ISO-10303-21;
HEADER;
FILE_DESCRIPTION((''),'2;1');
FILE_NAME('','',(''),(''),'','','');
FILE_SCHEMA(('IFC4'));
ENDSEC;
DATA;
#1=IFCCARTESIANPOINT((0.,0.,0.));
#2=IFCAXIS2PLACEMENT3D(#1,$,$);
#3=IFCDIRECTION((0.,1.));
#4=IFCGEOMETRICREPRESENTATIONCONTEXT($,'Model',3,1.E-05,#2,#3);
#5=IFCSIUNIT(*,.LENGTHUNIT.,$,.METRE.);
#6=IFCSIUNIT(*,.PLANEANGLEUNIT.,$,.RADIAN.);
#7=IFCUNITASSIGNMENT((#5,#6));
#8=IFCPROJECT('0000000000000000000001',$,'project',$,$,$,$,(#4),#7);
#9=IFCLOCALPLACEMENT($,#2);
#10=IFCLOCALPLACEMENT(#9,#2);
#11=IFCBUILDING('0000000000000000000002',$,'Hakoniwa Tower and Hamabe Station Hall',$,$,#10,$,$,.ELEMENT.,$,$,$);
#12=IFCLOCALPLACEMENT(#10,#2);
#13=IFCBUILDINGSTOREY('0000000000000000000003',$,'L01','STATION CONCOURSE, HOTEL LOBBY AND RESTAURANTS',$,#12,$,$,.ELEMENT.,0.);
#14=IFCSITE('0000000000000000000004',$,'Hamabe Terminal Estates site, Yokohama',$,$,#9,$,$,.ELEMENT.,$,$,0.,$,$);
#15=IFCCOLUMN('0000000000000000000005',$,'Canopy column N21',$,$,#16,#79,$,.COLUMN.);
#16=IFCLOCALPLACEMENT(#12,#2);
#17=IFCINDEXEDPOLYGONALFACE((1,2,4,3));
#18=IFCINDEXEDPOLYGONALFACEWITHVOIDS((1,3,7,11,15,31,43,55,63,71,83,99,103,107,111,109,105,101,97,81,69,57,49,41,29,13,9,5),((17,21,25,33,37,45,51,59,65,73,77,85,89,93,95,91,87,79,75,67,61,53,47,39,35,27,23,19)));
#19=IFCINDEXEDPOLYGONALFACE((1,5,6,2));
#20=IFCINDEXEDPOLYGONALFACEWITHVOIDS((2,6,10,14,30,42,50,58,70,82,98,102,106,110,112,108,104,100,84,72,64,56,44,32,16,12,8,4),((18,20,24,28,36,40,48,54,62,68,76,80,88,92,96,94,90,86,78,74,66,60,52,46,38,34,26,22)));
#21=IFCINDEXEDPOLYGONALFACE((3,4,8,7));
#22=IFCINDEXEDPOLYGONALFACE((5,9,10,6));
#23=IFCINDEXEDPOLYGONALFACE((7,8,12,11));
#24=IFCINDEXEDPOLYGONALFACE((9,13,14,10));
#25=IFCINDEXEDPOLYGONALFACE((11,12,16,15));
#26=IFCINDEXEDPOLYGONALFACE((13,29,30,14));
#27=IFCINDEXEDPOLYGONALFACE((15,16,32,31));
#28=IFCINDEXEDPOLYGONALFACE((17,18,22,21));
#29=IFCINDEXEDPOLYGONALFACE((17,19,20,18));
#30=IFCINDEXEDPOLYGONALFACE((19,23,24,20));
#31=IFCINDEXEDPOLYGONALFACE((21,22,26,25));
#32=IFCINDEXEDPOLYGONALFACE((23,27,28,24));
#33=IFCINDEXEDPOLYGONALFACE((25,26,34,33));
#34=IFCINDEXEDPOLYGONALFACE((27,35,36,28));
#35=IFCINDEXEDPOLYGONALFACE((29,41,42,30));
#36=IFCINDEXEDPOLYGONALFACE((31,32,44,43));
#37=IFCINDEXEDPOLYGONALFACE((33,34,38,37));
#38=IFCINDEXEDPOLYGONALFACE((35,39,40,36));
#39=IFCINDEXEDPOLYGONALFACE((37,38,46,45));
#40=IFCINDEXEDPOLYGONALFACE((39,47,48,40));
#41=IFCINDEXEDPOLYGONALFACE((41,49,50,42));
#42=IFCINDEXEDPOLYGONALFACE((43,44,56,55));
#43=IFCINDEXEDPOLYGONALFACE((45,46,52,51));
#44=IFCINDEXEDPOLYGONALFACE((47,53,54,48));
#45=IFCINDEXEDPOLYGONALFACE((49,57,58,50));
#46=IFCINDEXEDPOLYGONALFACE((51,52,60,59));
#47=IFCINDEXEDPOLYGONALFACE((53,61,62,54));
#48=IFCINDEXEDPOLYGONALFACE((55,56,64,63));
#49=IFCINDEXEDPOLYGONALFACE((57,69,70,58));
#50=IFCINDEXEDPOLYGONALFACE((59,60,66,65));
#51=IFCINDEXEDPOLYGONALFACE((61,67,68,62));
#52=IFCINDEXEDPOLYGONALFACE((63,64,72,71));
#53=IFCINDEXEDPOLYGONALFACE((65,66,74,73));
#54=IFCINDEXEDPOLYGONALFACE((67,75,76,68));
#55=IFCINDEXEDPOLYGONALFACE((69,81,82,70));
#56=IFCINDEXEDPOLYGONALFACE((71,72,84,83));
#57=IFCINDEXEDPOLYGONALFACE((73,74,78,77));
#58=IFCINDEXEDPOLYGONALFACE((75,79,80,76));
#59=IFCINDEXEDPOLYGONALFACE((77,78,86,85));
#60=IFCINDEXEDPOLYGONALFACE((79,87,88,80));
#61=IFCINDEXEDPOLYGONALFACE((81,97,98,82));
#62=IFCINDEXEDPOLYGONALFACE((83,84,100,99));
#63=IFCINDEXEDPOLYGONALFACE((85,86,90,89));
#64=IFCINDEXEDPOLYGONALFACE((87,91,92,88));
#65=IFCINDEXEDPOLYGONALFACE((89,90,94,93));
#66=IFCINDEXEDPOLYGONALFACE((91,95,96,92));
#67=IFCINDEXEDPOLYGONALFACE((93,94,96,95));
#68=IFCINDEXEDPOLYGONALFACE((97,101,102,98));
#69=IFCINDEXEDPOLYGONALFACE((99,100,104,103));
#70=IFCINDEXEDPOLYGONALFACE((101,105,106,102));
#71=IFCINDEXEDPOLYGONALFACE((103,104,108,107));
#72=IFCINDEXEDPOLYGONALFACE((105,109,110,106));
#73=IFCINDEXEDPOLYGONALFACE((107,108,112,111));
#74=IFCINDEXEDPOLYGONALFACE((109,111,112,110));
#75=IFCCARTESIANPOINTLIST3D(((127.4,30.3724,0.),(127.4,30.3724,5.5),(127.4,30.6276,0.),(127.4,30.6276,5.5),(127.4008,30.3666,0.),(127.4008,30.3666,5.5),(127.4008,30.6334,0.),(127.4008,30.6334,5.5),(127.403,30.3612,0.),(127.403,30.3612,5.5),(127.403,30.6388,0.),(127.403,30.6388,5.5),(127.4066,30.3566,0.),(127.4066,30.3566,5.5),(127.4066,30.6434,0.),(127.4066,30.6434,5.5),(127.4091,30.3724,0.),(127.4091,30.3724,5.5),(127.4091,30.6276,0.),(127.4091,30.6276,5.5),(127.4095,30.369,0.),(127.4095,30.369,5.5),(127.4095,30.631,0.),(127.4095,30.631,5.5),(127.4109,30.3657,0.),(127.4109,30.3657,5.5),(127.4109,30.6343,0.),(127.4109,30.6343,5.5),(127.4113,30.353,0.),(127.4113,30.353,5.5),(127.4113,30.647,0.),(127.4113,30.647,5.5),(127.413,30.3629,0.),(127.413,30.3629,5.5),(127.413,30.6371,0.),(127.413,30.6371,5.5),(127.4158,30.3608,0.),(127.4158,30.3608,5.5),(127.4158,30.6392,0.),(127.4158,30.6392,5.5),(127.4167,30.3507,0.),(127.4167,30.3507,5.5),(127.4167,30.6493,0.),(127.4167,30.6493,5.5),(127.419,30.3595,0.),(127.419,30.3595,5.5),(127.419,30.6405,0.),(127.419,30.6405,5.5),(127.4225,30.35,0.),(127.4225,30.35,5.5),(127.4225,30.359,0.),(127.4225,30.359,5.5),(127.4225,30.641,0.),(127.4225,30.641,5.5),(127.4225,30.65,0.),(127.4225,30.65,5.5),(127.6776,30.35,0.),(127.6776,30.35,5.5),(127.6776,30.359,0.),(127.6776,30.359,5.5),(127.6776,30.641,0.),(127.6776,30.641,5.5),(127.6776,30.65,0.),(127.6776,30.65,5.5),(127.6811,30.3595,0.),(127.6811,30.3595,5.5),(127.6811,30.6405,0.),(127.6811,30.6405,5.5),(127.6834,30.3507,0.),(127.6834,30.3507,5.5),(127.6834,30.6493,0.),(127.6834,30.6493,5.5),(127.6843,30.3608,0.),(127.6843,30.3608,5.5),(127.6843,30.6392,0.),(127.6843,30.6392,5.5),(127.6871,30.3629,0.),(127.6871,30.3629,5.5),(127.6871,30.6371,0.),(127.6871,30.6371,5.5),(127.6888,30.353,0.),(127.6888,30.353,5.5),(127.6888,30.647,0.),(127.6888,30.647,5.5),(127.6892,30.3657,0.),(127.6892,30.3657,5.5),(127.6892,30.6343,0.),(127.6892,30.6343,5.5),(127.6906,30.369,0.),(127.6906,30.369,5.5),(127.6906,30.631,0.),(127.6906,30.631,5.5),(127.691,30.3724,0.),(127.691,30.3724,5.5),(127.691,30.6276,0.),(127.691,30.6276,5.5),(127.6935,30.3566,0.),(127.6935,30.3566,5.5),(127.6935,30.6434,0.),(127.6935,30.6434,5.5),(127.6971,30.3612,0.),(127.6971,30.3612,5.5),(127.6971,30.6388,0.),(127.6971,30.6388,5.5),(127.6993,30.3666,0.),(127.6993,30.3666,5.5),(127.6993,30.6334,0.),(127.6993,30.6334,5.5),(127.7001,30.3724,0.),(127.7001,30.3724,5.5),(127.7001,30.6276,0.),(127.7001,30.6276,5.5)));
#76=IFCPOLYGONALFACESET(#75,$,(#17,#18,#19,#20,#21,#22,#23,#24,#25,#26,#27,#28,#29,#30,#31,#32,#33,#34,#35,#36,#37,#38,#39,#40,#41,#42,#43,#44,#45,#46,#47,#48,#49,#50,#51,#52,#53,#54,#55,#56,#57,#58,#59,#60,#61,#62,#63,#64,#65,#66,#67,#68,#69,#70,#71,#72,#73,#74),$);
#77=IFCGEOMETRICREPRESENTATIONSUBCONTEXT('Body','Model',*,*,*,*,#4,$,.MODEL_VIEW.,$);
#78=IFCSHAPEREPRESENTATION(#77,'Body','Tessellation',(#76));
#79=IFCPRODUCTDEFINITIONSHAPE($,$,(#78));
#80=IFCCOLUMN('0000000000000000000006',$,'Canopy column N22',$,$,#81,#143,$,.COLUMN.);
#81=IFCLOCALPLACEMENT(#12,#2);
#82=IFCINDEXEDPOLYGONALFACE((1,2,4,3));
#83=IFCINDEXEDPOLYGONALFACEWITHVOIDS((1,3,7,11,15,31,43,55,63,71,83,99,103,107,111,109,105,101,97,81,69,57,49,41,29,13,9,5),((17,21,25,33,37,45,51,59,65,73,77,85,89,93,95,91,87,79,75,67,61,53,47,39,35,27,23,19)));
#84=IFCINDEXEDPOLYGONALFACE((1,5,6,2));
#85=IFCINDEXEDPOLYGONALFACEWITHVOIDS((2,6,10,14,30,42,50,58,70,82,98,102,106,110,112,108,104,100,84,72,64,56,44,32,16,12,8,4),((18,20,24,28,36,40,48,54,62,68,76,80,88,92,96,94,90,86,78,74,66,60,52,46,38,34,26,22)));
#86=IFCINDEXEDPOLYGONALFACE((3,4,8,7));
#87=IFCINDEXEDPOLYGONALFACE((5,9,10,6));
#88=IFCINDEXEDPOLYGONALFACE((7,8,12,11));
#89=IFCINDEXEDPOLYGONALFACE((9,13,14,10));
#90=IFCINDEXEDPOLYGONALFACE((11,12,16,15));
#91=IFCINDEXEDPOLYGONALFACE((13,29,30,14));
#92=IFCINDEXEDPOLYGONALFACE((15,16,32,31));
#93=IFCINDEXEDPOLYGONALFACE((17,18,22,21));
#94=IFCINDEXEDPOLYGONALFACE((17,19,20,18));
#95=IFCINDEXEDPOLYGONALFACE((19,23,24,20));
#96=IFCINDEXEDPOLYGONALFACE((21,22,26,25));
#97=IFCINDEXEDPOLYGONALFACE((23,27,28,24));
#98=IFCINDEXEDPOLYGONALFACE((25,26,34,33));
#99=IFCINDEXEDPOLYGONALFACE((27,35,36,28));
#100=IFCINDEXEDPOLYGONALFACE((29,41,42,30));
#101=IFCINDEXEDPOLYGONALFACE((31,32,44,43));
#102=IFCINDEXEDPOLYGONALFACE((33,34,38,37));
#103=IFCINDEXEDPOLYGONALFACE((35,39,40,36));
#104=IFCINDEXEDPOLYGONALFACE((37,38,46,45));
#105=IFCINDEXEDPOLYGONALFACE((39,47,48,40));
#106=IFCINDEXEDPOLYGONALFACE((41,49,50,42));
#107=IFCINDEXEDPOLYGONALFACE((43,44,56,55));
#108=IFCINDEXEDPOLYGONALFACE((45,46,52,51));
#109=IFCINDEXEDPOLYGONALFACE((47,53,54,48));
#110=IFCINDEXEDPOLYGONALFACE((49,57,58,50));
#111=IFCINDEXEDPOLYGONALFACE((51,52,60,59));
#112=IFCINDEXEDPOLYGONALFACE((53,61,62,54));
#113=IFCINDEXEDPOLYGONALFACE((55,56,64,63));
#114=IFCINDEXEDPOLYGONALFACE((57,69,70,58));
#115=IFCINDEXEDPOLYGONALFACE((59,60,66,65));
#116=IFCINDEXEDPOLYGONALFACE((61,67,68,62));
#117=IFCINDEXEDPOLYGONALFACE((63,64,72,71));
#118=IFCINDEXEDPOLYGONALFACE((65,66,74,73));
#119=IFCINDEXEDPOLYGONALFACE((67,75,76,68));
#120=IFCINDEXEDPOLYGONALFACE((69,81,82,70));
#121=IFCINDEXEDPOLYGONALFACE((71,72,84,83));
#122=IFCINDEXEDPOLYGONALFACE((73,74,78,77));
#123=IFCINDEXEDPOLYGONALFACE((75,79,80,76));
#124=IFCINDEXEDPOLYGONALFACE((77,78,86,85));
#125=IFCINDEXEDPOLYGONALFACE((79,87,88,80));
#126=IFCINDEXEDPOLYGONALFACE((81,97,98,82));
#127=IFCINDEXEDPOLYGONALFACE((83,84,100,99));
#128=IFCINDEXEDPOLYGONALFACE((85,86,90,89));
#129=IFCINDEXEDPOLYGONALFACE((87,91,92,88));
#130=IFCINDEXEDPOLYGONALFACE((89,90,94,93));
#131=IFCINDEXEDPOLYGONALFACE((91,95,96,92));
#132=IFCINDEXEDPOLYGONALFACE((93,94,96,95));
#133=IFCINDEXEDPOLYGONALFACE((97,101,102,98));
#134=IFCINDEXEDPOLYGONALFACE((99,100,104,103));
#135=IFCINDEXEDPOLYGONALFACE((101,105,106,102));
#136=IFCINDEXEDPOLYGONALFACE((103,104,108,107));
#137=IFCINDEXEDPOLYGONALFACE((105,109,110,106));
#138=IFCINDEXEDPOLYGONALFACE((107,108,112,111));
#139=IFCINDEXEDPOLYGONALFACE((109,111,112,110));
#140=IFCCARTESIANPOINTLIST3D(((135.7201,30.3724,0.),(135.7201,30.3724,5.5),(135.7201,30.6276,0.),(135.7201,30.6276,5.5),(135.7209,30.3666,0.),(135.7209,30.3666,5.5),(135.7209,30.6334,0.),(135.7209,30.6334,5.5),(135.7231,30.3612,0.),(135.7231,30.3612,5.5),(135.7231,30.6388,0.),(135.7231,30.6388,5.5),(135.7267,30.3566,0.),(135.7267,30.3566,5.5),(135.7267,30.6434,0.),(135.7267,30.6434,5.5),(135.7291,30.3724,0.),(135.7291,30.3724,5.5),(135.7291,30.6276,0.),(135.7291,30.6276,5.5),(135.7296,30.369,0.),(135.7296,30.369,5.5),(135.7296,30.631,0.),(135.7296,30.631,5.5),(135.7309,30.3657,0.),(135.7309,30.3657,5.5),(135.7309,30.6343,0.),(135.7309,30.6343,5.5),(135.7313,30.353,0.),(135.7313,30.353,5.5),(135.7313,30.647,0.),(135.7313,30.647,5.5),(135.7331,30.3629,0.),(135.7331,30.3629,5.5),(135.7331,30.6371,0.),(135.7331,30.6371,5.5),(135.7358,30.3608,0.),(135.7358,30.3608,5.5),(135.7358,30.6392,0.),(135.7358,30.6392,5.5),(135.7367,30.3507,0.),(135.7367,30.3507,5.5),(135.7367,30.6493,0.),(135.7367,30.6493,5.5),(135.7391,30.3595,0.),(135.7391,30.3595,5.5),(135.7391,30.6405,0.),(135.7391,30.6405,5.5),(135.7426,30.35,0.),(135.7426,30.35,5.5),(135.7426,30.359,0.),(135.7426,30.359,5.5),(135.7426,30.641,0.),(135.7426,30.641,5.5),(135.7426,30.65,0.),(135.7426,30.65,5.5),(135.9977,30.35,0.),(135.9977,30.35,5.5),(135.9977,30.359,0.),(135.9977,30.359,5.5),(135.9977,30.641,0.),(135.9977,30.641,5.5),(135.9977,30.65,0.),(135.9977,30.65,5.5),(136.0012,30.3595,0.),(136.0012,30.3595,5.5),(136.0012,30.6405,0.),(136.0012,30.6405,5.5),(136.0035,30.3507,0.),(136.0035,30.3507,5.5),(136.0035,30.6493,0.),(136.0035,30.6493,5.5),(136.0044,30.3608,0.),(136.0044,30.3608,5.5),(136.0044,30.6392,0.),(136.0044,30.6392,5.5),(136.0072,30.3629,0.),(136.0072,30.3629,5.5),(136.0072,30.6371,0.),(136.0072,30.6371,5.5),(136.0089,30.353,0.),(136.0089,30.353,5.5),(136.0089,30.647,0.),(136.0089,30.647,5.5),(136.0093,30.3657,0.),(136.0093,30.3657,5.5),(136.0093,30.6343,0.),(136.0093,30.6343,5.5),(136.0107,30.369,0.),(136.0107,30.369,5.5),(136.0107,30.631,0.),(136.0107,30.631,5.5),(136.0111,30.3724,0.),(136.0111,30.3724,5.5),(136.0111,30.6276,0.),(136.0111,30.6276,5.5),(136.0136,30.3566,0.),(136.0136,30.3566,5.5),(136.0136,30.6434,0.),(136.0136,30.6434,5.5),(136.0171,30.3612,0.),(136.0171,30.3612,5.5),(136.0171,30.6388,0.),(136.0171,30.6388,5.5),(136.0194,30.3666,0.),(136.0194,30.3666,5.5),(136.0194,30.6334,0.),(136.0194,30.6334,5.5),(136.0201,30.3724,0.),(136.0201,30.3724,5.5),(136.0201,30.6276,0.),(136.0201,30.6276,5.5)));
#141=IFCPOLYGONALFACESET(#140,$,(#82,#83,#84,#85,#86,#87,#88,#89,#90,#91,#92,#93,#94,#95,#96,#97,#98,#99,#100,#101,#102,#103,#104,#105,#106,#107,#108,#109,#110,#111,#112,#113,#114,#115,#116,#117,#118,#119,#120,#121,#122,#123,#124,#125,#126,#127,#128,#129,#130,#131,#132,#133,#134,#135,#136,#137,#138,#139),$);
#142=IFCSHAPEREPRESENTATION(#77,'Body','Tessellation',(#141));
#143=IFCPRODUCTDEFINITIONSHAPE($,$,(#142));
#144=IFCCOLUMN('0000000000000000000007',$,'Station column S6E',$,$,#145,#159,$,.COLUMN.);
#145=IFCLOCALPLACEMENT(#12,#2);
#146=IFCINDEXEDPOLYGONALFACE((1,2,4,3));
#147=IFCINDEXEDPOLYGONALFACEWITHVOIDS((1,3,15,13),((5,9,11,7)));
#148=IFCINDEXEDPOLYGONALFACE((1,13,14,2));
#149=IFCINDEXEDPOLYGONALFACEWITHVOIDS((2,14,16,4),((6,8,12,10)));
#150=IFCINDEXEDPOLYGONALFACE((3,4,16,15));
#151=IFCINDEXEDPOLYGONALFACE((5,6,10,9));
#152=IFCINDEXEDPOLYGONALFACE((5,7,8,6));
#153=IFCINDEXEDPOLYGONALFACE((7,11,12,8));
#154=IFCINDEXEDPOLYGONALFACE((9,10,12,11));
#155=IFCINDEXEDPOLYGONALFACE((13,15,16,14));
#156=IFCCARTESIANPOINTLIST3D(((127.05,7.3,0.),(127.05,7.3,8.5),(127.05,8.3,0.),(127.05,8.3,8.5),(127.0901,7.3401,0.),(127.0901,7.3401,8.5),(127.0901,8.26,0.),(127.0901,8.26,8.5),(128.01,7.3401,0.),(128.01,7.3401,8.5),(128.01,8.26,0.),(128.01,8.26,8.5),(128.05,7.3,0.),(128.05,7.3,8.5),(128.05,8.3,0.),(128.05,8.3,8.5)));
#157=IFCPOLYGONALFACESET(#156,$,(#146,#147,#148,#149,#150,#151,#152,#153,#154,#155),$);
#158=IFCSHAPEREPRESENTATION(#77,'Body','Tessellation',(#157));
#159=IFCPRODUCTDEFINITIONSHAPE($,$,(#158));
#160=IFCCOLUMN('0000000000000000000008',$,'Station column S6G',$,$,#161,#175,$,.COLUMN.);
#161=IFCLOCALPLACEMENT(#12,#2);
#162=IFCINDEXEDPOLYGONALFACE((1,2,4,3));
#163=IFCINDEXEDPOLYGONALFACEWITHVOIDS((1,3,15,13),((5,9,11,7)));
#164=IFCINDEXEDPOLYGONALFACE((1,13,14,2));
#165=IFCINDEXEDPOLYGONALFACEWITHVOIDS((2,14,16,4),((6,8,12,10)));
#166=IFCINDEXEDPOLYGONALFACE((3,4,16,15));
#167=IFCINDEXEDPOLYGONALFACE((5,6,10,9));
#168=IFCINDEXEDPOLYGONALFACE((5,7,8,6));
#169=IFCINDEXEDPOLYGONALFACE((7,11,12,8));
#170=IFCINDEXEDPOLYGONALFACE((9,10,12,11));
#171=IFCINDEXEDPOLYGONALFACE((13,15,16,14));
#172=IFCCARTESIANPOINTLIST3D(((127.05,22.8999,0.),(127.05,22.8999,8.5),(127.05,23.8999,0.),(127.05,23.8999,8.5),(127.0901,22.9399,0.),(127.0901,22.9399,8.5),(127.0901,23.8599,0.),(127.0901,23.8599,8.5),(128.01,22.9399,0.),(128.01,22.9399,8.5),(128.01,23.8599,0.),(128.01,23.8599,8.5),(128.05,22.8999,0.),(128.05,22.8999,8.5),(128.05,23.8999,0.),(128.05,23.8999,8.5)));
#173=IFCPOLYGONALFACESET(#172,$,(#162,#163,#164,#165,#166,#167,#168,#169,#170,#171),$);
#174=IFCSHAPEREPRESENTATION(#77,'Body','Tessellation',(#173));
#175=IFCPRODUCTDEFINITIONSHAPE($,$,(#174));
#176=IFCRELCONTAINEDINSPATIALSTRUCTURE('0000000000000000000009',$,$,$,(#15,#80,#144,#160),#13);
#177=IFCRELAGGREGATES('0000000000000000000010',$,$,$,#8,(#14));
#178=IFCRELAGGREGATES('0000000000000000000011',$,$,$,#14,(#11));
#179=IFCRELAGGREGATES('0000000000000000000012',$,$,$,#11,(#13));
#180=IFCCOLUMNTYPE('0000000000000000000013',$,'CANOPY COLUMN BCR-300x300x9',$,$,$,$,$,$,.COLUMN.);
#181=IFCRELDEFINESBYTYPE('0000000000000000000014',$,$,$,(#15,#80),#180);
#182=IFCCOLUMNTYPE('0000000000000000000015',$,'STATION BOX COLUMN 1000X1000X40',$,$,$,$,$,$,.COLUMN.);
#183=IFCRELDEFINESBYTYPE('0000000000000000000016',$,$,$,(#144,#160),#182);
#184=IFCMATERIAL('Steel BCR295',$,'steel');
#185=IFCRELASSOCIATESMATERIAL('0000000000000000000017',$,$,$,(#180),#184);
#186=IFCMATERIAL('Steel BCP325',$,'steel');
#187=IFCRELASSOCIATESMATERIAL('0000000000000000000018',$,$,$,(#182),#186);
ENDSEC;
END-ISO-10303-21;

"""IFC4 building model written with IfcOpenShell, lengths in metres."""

from ifc_helpers import new_model, si_unit, direction, frame, origin, origin_2d, place, context, subcontext, project, spatial, hollow_rectangle, extrude, material, material_profile, profile_set, type_object, element, save


model = new_model("IFC4")

# Units and contexts
model_context = context("Model", 3, precision=1e-05, world=origin(), true_north=direction((0.0, 1.0)))
body_context = subcontext(model_context, "Body", "Model", "MODEL_VIEW")
ifc_project = project(units=[si_unit("LENGTHUNIT", "METRE"), si_unit("PLANEANGLEUNIT", "RADIAN")], contexts=[model_context])

# Site, building, storey
site_placement = place(None, origin())
site = spatial("IfcSite", under=ifc_project, at=site_placement, Name="Hamabe Terminal Estates site, Yokohama", CompositionType="ELEMENT", RefElevation=0.0)
building_placement = place(site_placement, origin())
building = spatial("IfcBuilding", under=site, at=building_placement, Name="Hakoniwa Tower and Hamabe Station Hall", CompositionType="ELEMENT")
storey_placement = place(building_placement, origin())
storey = spatial("IfcBuildingStorey", under=building, at=storey_placement, Name="L01", Description="STATION CONCOURSE, HOTEL LOBBY AND RESTAURANTS", CompositionType="ELEMENT", Elevation=0.0)

# Columns
ifc_material_1 = material(Name="Steel BCR295", Category="steel")
ifc_material_profile_1 = material_profile(ifc_material_1, hollow_rectangle(XDim=0.3, YDim=0.3, WallThickness=0.009, InnerFilletRadius=0.0134, OuterFilletRadius=0.0225, at=origin_2d()), Name="BCR-300x300x9")
ifc_profile_set_1 = profile_set([ifc_material_profile_1], Name="Steel BCR295")
column_type_1 = type_object("IfcColumnType", Name="CANOPY COLUMN BCR-300x300x9", PredefinedType="COLUMN", material=ifc_profile_set_1)
for number, where, z_axis, x_axis, name in (
    (1, (127.55, 30.5, 0.0), (0.0, 0.0, 1.0), (1.0, 0.0, 0.0), "Canopy column N21"),
    (2, (135.8701, 30.5, 0.0), (0.0, 0.0, 1.0), (1.0, 0.0, 0.0), "Canopy column N22"),
):
    element("IfcColumn", number, at=place(storey_placement, frame(where, z_axis=z_axis, x_axis=x_axis)), inside=storey, type_object=column_type_1, Name=name, PredefinedType="COLUMN", context=body_context, shape_type="SweptSolid", body=[
        extrude(hollow_rectangle(XDim=0.3, YDim=0.3, WallThickness=0.009, InnerFilletRadius=0.0134, OuterFilletRadius=0.0225, at=origin_2d()), origin(), (0.0, 0.0, 1.0), 5.5),
    ])
ifc_material_2 = material(Name="Steel BCP325", Category="steel")
ifc_material_profile_2 = material_profile(ifc_material_2, hollow_rectangle(XDim=1.0, YDim=1.0, WallThickness=0.04, at=origin_2d()), Name="STATION BOX COLUMN 1000X1000X40")
ifc_profile_set_2 = profile_set([ifc_material_profile_2], Name="Steel BCP325")
column_type_2 = type_object("IfcColumnType", Name="STATION BOX COLUMN 1000X1000X40", PredefinedType="COLUMN", material=ifc_profile_set_2)
for number, where, z_axis, x_axis, name in (
    (3, (127.55, 7.8, 0.0), (0.0, 0.0, 1.0), (1.0, 0.0, 0.0), "Station column S6E"),
    (4, (127.55, 23.3999, 0.0), (0.0, 0.0, 1.0), (1.0, 0.0, 0.0), "Station column S6G"),
):
    element("IfcColumn", number, at=place(storey_placement, frame(where, z_axis=z_axis, x_axis=x_axis)), inside=storey, type_object=column_type_2, Name=name, PredefinedType="COLUMN", context=body_context, shape_type="SweptSolid", body=[
        extrude(hollow_rectangle(XDim=1.0, YDim=1.0, WallThickness=0.04, at=origin_2d()), origin(), (0.0, 0.0, 1.0), 8.5),
    ])

save(model, "model.ifc")
